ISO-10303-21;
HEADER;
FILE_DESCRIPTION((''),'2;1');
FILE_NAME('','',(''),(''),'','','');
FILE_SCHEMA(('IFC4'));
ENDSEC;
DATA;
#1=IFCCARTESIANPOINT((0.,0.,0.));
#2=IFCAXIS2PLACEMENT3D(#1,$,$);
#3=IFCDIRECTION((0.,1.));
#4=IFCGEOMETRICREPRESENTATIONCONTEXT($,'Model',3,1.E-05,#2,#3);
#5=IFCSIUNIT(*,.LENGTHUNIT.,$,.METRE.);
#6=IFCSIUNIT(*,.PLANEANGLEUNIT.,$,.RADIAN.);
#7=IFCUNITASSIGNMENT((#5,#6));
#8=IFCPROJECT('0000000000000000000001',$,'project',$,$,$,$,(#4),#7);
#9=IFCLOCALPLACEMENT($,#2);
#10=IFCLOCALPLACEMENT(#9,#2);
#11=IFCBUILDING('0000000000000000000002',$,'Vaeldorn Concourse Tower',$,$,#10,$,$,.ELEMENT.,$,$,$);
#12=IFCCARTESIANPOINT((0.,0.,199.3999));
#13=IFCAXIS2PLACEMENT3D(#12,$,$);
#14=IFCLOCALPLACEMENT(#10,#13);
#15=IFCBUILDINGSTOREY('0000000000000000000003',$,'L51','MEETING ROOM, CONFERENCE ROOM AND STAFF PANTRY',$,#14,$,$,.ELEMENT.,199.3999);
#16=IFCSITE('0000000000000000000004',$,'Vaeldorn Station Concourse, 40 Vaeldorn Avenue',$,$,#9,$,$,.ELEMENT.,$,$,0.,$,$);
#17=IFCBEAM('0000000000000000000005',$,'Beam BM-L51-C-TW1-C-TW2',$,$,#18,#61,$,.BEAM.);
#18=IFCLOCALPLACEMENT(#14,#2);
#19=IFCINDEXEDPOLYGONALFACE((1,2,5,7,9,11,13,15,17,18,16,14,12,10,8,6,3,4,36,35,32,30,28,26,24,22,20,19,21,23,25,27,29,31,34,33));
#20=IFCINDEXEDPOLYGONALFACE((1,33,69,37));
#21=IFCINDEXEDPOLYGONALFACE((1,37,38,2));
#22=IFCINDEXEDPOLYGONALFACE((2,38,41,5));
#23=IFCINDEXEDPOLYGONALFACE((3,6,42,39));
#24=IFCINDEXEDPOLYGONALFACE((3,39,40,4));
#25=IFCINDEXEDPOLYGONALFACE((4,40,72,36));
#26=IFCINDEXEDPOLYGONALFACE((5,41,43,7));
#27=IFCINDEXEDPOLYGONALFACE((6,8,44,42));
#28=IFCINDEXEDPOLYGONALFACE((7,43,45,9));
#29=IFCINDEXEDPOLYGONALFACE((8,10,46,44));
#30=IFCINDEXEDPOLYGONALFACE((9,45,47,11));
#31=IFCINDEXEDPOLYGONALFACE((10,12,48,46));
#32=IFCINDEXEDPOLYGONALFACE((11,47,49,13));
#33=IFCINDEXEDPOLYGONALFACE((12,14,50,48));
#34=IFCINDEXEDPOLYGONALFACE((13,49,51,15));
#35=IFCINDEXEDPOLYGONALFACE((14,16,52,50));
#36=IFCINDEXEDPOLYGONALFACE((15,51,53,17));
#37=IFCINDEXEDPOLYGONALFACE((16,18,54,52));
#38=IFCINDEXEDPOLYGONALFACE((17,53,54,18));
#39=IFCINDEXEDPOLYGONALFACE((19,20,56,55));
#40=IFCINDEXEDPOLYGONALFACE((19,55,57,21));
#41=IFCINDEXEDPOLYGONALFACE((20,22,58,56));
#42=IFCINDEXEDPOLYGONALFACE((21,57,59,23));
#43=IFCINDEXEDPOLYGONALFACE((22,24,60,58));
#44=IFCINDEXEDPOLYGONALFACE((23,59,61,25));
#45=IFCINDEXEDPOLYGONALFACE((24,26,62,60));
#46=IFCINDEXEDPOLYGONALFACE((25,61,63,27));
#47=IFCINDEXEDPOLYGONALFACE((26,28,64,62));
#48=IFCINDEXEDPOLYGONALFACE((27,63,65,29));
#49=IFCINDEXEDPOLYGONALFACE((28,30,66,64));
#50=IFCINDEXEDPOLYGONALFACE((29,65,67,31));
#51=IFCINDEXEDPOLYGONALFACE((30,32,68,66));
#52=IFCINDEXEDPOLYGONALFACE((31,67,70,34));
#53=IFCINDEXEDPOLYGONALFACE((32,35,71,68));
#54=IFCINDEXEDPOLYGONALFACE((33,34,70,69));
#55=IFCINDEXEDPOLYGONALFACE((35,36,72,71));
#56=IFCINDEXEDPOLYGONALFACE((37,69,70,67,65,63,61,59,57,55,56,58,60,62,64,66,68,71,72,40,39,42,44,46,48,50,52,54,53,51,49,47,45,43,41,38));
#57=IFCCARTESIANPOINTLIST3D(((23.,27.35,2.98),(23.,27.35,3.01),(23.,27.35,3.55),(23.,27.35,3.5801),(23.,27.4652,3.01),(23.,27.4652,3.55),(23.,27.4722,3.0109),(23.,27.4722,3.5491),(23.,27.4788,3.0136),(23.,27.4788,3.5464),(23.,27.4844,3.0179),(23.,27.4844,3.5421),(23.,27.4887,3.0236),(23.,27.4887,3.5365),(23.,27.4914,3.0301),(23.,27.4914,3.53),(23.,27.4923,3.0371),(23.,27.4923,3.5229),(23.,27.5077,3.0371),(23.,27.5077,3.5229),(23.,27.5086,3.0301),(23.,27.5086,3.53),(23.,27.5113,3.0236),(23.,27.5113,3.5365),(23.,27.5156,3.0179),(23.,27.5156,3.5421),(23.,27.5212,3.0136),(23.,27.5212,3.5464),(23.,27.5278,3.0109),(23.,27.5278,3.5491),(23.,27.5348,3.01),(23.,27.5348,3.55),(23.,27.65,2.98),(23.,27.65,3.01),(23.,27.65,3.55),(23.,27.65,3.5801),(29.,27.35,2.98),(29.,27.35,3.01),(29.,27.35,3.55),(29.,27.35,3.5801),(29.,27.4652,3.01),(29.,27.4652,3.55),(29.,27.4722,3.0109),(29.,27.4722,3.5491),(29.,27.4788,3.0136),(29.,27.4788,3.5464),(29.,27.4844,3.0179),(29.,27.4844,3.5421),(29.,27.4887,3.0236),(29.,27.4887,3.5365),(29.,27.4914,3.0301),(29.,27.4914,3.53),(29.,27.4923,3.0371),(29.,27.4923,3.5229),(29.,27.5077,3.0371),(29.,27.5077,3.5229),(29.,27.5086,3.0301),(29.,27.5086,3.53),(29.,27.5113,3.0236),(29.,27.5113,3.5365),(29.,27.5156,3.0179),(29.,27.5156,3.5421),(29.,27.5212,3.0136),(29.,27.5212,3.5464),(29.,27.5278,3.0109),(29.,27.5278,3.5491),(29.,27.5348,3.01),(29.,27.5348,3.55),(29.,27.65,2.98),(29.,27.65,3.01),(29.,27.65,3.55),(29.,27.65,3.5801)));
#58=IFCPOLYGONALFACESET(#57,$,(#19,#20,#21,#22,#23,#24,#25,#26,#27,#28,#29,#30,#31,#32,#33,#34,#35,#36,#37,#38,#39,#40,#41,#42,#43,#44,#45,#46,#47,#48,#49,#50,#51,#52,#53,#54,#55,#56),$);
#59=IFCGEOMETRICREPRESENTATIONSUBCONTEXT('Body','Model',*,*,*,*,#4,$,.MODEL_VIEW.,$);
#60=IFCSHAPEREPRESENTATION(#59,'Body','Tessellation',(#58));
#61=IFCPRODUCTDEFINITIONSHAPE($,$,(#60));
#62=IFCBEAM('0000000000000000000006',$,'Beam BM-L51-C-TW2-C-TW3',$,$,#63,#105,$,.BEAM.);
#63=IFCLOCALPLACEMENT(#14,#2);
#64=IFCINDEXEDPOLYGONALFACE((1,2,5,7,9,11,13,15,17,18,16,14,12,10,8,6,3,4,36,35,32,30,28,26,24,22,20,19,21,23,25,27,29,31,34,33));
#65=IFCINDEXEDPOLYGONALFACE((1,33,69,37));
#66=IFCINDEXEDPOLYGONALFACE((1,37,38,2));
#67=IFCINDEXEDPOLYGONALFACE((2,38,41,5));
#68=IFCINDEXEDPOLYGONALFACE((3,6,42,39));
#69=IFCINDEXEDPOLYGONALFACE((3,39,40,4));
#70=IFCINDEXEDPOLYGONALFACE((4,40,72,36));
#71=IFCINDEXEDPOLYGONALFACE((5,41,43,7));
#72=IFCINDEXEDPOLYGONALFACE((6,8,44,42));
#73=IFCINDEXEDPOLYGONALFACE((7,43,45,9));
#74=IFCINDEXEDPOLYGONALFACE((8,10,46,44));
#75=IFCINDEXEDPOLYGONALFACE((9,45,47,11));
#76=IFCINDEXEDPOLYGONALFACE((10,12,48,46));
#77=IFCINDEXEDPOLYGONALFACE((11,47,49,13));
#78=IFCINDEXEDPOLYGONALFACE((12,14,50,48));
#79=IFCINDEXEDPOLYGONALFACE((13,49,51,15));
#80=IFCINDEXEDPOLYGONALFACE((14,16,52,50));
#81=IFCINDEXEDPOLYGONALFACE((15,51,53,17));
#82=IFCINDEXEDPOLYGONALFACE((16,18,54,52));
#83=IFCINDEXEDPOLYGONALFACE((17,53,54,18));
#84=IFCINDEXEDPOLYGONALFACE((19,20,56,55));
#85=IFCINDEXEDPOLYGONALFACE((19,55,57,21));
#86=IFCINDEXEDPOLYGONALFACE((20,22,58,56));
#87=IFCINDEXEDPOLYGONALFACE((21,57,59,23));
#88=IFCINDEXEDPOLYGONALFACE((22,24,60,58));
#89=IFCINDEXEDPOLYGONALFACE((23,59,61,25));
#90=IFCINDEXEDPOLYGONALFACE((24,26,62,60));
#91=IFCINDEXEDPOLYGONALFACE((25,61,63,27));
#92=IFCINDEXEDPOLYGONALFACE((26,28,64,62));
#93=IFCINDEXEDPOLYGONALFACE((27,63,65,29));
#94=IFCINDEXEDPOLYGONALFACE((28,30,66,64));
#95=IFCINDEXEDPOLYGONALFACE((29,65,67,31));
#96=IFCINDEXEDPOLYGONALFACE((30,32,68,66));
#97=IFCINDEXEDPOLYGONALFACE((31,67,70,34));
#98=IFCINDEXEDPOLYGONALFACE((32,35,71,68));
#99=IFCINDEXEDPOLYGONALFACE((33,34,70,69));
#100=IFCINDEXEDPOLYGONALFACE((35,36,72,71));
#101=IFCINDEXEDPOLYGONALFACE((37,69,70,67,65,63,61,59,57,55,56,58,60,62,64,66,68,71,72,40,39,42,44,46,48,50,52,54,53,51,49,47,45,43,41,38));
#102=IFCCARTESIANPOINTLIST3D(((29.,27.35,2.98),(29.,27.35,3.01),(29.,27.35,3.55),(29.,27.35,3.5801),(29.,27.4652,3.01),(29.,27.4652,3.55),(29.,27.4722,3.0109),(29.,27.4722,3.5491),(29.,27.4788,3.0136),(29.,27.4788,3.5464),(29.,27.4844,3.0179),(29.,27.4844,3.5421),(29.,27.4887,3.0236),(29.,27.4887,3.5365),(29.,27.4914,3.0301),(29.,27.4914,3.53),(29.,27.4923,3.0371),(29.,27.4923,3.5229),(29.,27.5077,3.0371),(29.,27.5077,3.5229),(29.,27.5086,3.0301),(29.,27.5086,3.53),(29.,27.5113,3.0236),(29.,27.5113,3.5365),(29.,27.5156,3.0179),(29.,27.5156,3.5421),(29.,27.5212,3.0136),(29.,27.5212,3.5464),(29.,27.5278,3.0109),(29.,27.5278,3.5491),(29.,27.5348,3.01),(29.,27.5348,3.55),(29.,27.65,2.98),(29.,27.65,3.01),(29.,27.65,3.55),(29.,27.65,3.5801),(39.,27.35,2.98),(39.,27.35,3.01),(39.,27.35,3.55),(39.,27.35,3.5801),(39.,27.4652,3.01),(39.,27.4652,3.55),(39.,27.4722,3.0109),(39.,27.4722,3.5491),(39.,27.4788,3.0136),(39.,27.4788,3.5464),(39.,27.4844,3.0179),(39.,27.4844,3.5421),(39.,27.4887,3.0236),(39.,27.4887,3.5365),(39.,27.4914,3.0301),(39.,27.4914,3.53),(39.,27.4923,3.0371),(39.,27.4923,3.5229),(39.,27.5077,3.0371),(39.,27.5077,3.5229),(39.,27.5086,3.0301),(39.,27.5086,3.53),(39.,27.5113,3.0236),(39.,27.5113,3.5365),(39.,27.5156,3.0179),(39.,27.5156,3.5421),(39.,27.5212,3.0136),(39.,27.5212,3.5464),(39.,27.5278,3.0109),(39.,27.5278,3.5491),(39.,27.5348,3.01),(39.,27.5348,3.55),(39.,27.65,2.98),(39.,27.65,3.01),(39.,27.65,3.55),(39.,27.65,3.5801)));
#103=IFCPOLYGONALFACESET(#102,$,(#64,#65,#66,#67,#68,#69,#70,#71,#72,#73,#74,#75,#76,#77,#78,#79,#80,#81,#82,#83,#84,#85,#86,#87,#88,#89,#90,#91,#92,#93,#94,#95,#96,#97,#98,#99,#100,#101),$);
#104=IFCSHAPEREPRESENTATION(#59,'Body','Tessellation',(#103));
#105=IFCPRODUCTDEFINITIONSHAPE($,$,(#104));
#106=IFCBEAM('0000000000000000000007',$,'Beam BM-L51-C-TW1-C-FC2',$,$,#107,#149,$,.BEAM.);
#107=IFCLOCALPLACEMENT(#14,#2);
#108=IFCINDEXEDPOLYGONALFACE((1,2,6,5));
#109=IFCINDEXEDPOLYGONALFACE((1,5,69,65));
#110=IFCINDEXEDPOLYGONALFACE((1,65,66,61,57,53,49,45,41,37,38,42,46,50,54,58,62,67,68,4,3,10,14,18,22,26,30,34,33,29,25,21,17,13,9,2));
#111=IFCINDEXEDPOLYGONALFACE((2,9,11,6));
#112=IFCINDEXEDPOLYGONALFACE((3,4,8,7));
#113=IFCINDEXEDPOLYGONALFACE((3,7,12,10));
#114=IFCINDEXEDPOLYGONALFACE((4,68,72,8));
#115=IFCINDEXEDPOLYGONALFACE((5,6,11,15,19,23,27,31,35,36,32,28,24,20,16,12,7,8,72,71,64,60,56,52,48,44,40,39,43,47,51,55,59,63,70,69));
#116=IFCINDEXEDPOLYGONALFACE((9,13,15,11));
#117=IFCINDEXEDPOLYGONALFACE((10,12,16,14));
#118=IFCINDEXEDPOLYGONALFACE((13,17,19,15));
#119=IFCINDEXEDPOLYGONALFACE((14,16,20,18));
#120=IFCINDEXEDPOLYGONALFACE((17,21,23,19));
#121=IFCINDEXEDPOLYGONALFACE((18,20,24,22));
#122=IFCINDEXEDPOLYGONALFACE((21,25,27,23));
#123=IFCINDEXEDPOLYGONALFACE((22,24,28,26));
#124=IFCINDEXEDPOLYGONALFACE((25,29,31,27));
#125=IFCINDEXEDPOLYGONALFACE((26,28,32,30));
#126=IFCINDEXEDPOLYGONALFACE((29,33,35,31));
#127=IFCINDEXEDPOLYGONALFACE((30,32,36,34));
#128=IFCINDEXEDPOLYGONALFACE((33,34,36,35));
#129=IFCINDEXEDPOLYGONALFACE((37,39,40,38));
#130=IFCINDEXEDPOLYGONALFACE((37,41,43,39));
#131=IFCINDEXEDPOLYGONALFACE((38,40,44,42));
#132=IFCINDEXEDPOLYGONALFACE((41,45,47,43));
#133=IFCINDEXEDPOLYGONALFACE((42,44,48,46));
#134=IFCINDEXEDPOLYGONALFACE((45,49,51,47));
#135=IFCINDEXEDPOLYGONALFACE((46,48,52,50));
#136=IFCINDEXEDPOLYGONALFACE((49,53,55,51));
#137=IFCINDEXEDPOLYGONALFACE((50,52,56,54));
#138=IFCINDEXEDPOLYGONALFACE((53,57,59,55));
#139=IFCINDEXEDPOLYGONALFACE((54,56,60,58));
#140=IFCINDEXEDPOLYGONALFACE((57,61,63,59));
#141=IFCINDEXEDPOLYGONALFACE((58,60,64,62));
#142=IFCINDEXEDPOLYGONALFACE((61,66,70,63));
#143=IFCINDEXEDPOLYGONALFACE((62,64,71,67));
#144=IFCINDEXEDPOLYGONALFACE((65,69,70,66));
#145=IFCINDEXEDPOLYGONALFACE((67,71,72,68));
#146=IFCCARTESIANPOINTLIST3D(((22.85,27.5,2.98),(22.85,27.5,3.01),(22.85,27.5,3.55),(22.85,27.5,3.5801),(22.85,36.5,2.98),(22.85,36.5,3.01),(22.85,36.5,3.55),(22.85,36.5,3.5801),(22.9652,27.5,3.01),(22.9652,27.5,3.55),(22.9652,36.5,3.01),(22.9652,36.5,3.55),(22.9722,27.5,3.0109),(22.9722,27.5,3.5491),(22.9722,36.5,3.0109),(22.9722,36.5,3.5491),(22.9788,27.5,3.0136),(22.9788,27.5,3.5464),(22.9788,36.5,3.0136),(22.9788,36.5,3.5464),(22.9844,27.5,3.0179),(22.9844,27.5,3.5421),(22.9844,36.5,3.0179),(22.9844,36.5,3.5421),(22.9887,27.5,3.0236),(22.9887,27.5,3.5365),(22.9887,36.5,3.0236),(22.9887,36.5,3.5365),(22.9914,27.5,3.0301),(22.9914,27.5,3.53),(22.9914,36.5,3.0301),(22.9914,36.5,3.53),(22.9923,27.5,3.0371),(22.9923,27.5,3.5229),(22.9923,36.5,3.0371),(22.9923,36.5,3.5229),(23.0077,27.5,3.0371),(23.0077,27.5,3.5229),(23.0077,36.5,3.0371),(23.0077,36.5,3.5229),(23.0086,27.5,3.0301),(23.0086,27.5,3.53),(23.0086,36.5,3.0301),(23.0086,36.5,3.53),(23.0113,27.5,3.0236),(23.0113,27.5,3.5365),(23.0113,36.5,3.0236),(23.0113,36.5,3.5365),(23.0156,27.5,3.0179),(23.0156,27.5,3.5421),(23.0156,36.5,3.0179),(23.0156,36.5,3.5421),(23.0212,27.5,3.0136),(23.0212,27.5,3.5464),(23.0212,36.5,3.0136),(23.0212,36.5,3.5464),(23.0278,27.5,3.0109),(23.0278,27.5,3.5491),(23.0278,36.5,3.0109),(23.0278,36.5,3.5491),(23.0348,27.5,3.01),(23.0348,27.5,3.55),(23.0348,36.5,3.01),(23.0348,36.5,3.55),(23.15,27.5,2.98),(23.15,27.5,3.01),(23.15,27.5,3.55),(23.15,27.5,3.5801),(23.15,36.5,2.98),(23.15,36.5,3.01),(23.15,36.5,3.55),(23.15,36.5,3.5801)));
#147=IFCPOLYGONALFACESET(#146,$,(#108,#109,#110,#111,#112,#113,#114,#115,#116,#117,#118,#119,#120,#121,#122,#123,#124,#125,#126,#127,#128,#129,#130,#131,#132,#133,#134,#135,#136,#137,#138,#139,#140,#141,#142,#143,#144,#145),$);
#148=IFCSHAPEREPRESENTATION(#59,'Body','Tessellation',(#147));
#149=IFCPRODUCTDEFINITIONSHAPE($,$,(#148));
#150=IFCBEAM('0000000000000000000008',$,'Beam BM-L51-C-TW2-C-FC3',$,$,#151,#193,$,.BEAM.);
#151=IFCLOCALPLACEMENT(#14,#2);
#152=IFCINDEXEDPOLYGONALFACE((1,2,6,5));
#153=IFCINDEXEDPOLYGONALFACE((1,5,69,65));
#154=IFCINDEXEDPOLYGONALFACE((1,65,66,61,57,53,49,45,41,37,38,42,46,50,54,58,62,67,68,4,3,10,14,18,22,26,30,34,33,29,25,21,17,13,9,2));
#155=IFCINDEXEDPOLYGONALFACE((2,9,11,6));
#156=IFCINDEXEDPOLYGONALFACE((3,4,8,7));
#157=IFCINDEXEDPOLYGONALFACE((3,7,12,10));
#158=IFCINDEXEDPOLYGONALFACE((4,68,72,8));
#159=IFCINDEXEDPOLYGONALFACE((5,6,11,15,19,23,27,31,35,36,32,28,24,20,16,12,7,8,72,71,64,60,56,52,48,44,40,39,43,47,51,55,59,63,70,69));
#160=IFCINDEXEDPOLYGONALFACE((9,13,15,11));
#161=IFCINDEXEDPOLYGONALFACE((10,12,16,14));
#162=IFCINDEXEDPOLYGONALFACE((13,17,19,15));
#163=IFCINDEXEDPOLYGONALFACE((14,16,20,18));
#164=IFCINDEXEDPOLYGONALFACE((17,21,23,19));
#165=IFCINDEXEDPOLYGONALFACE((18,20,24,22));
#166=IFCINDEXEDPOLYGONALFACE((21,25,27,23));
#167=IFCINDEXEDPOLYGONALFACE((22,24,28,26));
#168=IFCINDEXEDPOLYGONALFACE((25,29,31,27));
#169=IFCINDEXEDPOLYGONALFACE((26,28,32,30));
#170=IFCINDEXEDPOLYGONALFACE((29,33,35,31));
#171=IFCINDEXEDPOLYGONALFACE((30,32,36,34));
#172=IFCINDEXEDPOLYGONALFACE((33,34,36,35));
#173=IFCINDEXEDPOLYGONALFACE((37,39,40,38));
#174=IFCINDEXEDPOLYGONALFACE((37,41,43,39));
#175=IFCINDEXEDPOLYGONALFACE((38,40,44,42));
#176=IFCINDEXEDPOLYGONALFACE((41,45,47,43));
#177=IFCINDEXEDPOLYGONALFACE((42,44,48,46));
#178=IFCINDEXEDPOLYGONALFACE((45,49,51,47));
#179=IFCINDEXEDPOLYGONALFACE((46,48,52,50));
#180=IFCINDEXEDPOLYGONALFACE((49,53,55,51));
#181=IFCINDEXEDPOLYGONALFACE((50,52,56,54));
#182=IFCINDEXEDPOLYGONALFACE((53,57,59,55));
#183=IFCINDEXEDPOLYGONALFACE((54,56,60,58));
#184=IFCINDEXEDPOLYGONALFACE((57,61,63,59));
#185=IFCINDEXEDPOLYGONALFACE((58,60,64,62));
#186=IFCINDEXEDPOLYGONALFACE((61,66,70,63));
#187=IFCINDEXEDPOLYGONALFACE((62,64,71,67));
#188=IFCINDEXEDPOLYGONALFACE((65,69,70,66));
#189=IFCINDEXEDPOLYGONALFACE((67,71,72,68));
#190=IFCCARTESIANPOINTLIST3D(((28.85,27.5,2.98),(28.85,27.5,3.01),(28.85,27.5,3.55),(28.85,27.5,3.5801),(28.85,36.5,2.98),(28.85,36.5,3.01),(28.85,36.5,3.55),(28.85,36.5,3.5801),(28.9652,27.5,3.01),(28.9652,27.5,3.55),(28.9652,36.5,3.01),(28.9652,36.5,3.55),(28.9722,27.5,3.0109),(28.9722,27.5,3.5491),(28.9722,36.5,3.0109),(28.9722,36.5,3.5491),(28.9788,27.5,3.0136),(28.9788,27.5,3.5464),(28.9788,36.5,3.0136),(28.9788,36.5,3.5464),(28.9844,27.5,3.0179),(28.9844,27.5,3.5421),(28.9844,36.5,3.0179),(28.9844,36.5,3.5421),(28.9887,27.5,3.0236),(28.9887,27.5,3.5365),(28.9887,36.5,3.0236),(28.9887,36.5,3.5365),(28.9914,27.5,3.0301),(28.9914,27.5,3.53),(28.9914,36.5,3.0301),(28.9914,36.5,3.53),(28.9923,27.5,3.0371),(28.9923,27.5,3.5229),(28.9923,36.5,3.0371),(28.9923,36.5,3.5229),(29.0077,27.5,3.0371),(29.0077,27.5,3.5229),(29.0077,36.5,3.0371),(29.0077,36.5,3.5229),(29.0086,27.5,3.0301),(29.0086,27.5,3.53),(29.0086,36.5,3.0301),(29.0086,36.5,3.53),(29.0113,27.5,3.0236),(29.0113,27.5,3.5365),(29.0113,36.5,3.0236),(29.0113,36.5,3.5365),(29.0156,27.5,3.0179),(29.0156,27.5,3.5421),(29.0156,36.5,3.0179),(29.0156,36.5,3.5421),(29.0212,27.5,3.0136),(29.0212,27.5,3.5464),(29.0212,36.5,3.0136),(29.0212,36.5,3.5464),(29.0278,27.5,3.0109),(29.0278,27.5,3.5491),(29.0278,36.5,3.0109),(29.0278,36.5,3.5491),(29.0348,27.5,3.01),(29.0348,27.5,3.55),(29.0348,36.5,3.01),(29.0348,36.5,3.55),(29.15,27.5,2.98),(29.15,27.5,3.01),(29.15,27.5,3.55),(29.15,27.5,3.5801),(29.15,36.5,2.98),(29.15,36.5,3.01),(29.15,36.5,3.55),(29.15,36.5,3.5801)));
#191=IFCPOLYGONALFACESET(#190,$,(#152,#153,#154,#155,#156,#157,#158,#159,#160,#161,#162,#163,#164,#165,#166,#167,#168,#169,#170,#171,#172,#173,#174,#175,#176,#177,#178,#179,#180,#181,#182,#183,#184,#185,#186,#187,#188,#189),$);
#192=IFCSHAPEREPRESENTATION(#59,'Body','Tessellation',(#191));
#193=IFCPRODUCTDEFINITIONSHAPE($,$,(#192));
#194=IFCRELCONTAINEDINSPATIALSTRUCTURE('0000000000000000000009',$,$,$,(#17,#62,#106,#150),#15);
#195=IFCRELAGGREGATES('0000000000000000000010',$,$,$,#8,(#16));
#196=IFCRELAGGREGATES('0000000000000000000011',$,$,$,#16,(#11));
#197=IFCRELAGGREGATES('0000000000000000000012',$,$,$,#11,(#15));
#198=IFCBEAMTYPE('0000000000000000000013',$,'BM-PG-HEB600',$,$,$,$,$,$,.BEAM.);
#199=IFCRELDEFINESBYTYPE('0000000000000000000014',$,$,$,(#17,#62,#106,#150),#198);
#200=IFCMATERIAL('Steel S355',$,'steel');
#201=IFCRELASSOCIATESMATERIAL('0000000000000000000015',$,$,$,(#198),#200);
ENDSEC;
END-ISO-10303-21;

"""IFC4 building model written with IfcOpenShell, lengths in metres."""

from ifc_helpers import new_model, si_unit, direction, frame, origin, origin_2d, place, context, subcontext, project, spatial, i_section, extrude, source, transform, mapped, material, material_profile, profile_set, type_object, element, save


model = new_model("IFC4")

# Units and contexts
model_context = context("Model", 3, precision=1e-05, world=origin(), true_north=direction((0.0, 1.0)))
body_context = subcontext(model_context, "Body", "Model", "MODEL_VIEW")
ifc_project = project(units=[si_unit("LENGTHUNIT", "METRE"), si_unit("PLANEANGLEUNIT", "RADIAN")], contexts=[model_context])

# Site, building, storey
site_placement = place(None, origin())
site = spatial("IfcSite", under=ifc_project, at=site_placement, Name="Vaeldorn Station Concourse, 40 Vaeldorn Avenue", CompositionType="ELEMENT", RefElevation=0.0)
building_placement = place(site_placement, origin())
building = spatial("IfcBuilding", under=site, at=building_placement, Name="Vaeldorn Concourse Tower", CompositionType="ELEMENT")
storey_placement = place(building_placement, frame((0.0, 0.0, 199.3999)))
storey = spatial("IfcBuildingStorey", under=building, at=storey_placement, Name="L51", Description="MEETING ROOM, CONFERENCE ROOM AND STAFF PANTRY", CompositionType="ELEMENT", Elevation=199.3999)

# Shared definitions
ifc_material_1 = material(Name="Steel S355", Category="steel")

# Beams
ifc_material_profile_1 = material_profile(ifc_material_1, i_section(OverallWidth=0.3, OverallDepth=0.6001, WebThickness=0.0154, FlangeThickness=0.03, FilletRadius=0.0271, at=origin_2d()), Name="HEB 600")
ifc_profile_set_1 = profile_set([ifc_material_profile_1], Name="Steel S355")
beam_type_1 = type_object("IfcBeamType", Name="BM-PG-HEB600", PredefinedType="BEAM", material=ifc_profile_set_1)
shared_shape_1 = source(origin(), body_context, "Body", "SweptSolid", [
    extrude(i_section(OverallWidth=0.3, OverallDepth=0.6001, WebThickness=0.0154, FlangeThickness=0.03, FilletRadius=0.0271, at=origin_2d()), origin(), (0.0, 0.0, 1.0), 6.0),
])
beam_1_placement = place(storey_placement, frame((23.0, 27.5, 3.28), z_axis=(1.0, 0.0, 0.0), x_axis=(0.0, 1.0, 0.0)))
element("IfcBeam", 1, at=beam_1_placement, inside=storey, type_object=beam_type_1, Name="Beam BM-L51-C-TW1-C-TW2", PredefinedType="BEAM", context=body_context, shape_type="MappedRepresentation", body=[
    mapped(shared_shape_1, transform((0.0, 0.0, 0.0), scale=1.0)),
])
shared_shape_2 = source(origin(), body_context, "Body", "SweptSolid", [
    extrude(i_section(OverallWidth=0.3, OverallDepth=0.6001, WebThickness=0.0154, FlangeThickness=0.03, FilletRadius=0.0271, at=origin_2d()), origin(), (0.0, 0.0, 1.0), 10.0),
])
beam_2_placement = place(storey_placement, frame((29.0, 27.5, 3.28), z_axis=(1.0, 0.0, 0.0), x_axis=(0.0, 1.0, 0.0)))
element("IfcBeam", 2, at=beam_2_placement, inside=storey, type_object=beam_type_1, Name="Beam BM-L51-C-TW2-C-TW3", PredefinedType="BEAM", context=body_context, shape_type="MappedRepresentation", body=[
    mapped(shared_shape_2, transform((0.0, 0.0, 0.0), scale=1.0)),
])
shared_shape_3 = source(origin(), body_context, "Body", "SweptSolid", [
    extrude(i_section(OverallWidth=0.3, OverallDepth=0.6001, WebThickness=0.0154, FlangeThickness=0.03, FilletRadius=0.0271, at=origin_2d()), origin(), (0.0, 0.0, 1.0), 9.0),
])
for number, where, z_axis, x_axis, name in (
    (3, (23.0, 27.5, 3.28), (0.0, 1.0, 0.0), (-1.0, 0.0, 0.0), "Beam BM-L51-C-TW1-C-FC2"),
    (4, (29.0, 27.5, 3.28), (0.0, 1.0, 0.0), (-1.0, 0.0, 0.0), "Beam BM-L51-C-TW2-C-FC3"),
):
    element("IfcBeam", number, at=place(storey_placement, frame(where, z_axis=z_axis, x_axis=x_axis)), inside=storey, type_object=beam_type_1, Name=name, PredefinedType="BEAM", context=body_context, shape_type="MappedRepresentation", body=[
        mapped(shared_shape_3, transform((0.0, 0.0, 0.0), scale=1.0)),
    ])

save(model, "model.ifc")
